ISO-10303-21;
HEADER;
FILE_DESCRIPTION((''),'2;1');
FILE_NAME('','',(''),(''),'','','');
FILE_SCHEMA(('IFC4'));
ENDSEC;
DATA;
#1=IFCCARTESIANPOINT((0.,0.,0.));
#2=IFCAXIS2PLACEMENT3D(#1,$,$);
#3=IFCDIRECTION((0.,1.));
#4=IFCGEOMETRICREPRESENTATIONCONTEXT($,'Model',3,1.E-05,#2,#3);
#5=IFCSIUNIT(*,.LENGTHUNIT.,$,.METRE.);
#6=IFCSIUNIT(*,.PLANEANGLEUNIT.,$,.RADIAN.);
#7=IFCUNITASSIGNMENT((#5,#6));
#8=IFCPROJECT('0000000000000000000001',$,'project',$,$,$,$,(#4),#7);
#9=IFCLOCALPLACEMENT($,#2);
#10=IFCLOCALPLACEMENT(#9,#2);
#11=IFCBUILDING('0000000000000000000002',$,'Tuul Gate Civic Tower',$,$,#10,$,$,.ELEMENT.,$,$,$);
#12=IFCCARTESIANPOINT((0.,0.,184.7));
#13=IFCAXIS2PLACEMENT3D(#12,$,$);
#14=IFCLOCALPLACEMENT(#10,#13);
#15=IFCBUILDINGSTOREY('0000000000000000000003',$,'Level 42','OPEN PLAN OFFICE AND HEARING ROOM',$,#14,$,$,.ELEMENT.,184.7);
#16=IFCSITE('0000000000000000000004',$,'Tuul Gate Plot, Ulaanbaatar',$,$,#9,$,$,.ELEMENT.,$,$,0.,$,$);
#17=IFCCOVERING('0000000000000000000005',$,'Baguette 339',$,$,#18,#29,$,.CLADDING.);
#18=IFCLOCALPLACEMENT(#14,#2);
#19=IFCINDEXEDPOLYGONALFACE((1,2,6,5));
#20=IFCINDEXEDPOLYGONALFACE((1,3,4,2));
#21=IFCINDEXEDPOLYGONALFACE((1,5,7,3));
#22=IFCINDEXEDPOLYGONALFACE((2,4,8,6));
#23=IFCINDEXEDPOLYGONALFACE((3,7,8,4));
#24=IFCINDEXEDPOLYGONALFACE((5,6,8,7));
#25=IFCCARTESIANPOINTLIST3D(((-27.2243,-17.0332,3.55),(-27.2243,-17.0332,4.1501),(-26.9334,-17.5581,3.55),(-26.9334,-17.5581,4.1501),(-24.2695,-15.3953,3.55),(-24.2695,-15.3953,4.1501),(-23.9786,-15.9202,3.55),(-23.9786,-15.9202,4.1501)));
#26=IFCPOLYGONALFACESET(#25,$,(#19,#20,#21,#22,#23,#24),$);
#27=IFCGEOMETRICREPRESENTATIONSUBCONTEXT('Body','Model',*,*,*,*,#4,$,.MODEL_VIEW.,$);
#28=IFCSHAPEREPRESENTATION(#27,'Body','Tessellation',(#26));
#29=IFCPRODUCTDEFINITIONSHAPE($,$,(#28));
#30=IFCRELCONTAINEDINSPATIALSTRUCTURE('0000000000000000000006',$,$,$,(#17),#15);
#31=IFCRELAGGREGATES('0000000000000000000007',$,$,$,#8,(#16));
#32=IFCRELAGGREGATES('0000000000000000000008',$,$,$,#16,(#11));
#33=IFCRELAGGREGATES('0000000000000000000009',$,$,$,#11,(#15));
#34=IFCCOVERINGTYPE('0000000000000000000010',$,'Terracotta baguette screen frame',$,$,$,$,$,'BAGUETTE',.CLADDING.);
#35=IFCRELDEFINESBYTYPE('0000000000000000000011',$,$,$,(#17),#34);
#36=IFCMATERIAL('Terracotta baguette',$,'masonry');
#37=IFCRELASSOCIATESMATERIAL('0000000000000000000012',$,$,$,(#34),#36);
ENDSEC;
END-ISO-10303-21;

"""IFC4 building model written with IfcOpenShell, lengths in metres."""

from ifc_helpers import new_model, si_unit, direction, frame, origin, origin_2d, place, context, subcontext, project, spatial, rectangle, extrude, material, material_profile, profile_set, type_object, element, save


model = new_model("IFC4")

# Units and contexts
model_context = context("Model", 3, precision=1e-05, world=origin(), true_north=direction((0.0, 1.0)))
body_context = subcontext(model_context, "Body", "Model", "MODEL_VIEW")
ifc_project = project(units=[si_unit("LENGTHUNIT", "METRE"), si_unit("PLANEANGLEUNIT", "RADIAN")], contexts=[model_context])

# Site, building, storey
site_placement = place(None, origin())
site = spatial("IfcSite", under=ifc_project, at=site_placement, Name="Tuul Gate Plot, Ulaanbaatar", CompositionType="ELEMENT", RefElevation=0.0)
building_placement = place(site_placement, origin())
building = spatial("IfcBuilding", under=site, at=building_placement, Name="Tuul Gate Civic Tower", CompositionType="ELEMENT")
storey_placement = place(building_placement, frame((0.0, 0.0, 184.7)))
storey = spatial("IfcBuildingStorey", under=building, at=storey_placement, Name="Level 42", Description="OPEN PLAN OFFICE AND HEARING ROOM", CompositionType="ELEMENT", Elevation=184.7)

# Covering
ifc_material_1 = material(Name="Terracotta baguette", Category="masonry")
ifc_material_profile_1 = material_profile(ifc_material_1, rectangle(XDim=0.6001, YDim=0.6001, at=origin_2d()), Name="Terracotta baguette screen frame")
ifc_profile_set_1 = profile_set([ifc_material_profile_1], Name="Terracotta baguette")
covering_type = type_object("IfcCoveringType", Name="Terracotta baguette screen frame", ElementType="BAGUETTE", PredefinedType="CLADDING", material=ifc_profile_set_1)
covering_1_placement = place(storey_placement, frame((-27.0789, -17.2957, 3.8501), z_axis=(0.874614, 0.484821, 0.0), x_axis=(-0.484821, 0.874614, 0.0)))
element("IfcCovering", 1, at=covering_1_placement, inside=storey, type_object=covering_type, Name="Baguette 339", PredefinedType="CLADDING", context=body_context, shape_type="SweptSolid", body=[
    extrude(rectangle(XDim=0.6001, YDim=0.6001, at=origin_2d()), origin(), (0.0, 0.0, 1.0), 3.3784),
])

save(model, "model.ifc")
